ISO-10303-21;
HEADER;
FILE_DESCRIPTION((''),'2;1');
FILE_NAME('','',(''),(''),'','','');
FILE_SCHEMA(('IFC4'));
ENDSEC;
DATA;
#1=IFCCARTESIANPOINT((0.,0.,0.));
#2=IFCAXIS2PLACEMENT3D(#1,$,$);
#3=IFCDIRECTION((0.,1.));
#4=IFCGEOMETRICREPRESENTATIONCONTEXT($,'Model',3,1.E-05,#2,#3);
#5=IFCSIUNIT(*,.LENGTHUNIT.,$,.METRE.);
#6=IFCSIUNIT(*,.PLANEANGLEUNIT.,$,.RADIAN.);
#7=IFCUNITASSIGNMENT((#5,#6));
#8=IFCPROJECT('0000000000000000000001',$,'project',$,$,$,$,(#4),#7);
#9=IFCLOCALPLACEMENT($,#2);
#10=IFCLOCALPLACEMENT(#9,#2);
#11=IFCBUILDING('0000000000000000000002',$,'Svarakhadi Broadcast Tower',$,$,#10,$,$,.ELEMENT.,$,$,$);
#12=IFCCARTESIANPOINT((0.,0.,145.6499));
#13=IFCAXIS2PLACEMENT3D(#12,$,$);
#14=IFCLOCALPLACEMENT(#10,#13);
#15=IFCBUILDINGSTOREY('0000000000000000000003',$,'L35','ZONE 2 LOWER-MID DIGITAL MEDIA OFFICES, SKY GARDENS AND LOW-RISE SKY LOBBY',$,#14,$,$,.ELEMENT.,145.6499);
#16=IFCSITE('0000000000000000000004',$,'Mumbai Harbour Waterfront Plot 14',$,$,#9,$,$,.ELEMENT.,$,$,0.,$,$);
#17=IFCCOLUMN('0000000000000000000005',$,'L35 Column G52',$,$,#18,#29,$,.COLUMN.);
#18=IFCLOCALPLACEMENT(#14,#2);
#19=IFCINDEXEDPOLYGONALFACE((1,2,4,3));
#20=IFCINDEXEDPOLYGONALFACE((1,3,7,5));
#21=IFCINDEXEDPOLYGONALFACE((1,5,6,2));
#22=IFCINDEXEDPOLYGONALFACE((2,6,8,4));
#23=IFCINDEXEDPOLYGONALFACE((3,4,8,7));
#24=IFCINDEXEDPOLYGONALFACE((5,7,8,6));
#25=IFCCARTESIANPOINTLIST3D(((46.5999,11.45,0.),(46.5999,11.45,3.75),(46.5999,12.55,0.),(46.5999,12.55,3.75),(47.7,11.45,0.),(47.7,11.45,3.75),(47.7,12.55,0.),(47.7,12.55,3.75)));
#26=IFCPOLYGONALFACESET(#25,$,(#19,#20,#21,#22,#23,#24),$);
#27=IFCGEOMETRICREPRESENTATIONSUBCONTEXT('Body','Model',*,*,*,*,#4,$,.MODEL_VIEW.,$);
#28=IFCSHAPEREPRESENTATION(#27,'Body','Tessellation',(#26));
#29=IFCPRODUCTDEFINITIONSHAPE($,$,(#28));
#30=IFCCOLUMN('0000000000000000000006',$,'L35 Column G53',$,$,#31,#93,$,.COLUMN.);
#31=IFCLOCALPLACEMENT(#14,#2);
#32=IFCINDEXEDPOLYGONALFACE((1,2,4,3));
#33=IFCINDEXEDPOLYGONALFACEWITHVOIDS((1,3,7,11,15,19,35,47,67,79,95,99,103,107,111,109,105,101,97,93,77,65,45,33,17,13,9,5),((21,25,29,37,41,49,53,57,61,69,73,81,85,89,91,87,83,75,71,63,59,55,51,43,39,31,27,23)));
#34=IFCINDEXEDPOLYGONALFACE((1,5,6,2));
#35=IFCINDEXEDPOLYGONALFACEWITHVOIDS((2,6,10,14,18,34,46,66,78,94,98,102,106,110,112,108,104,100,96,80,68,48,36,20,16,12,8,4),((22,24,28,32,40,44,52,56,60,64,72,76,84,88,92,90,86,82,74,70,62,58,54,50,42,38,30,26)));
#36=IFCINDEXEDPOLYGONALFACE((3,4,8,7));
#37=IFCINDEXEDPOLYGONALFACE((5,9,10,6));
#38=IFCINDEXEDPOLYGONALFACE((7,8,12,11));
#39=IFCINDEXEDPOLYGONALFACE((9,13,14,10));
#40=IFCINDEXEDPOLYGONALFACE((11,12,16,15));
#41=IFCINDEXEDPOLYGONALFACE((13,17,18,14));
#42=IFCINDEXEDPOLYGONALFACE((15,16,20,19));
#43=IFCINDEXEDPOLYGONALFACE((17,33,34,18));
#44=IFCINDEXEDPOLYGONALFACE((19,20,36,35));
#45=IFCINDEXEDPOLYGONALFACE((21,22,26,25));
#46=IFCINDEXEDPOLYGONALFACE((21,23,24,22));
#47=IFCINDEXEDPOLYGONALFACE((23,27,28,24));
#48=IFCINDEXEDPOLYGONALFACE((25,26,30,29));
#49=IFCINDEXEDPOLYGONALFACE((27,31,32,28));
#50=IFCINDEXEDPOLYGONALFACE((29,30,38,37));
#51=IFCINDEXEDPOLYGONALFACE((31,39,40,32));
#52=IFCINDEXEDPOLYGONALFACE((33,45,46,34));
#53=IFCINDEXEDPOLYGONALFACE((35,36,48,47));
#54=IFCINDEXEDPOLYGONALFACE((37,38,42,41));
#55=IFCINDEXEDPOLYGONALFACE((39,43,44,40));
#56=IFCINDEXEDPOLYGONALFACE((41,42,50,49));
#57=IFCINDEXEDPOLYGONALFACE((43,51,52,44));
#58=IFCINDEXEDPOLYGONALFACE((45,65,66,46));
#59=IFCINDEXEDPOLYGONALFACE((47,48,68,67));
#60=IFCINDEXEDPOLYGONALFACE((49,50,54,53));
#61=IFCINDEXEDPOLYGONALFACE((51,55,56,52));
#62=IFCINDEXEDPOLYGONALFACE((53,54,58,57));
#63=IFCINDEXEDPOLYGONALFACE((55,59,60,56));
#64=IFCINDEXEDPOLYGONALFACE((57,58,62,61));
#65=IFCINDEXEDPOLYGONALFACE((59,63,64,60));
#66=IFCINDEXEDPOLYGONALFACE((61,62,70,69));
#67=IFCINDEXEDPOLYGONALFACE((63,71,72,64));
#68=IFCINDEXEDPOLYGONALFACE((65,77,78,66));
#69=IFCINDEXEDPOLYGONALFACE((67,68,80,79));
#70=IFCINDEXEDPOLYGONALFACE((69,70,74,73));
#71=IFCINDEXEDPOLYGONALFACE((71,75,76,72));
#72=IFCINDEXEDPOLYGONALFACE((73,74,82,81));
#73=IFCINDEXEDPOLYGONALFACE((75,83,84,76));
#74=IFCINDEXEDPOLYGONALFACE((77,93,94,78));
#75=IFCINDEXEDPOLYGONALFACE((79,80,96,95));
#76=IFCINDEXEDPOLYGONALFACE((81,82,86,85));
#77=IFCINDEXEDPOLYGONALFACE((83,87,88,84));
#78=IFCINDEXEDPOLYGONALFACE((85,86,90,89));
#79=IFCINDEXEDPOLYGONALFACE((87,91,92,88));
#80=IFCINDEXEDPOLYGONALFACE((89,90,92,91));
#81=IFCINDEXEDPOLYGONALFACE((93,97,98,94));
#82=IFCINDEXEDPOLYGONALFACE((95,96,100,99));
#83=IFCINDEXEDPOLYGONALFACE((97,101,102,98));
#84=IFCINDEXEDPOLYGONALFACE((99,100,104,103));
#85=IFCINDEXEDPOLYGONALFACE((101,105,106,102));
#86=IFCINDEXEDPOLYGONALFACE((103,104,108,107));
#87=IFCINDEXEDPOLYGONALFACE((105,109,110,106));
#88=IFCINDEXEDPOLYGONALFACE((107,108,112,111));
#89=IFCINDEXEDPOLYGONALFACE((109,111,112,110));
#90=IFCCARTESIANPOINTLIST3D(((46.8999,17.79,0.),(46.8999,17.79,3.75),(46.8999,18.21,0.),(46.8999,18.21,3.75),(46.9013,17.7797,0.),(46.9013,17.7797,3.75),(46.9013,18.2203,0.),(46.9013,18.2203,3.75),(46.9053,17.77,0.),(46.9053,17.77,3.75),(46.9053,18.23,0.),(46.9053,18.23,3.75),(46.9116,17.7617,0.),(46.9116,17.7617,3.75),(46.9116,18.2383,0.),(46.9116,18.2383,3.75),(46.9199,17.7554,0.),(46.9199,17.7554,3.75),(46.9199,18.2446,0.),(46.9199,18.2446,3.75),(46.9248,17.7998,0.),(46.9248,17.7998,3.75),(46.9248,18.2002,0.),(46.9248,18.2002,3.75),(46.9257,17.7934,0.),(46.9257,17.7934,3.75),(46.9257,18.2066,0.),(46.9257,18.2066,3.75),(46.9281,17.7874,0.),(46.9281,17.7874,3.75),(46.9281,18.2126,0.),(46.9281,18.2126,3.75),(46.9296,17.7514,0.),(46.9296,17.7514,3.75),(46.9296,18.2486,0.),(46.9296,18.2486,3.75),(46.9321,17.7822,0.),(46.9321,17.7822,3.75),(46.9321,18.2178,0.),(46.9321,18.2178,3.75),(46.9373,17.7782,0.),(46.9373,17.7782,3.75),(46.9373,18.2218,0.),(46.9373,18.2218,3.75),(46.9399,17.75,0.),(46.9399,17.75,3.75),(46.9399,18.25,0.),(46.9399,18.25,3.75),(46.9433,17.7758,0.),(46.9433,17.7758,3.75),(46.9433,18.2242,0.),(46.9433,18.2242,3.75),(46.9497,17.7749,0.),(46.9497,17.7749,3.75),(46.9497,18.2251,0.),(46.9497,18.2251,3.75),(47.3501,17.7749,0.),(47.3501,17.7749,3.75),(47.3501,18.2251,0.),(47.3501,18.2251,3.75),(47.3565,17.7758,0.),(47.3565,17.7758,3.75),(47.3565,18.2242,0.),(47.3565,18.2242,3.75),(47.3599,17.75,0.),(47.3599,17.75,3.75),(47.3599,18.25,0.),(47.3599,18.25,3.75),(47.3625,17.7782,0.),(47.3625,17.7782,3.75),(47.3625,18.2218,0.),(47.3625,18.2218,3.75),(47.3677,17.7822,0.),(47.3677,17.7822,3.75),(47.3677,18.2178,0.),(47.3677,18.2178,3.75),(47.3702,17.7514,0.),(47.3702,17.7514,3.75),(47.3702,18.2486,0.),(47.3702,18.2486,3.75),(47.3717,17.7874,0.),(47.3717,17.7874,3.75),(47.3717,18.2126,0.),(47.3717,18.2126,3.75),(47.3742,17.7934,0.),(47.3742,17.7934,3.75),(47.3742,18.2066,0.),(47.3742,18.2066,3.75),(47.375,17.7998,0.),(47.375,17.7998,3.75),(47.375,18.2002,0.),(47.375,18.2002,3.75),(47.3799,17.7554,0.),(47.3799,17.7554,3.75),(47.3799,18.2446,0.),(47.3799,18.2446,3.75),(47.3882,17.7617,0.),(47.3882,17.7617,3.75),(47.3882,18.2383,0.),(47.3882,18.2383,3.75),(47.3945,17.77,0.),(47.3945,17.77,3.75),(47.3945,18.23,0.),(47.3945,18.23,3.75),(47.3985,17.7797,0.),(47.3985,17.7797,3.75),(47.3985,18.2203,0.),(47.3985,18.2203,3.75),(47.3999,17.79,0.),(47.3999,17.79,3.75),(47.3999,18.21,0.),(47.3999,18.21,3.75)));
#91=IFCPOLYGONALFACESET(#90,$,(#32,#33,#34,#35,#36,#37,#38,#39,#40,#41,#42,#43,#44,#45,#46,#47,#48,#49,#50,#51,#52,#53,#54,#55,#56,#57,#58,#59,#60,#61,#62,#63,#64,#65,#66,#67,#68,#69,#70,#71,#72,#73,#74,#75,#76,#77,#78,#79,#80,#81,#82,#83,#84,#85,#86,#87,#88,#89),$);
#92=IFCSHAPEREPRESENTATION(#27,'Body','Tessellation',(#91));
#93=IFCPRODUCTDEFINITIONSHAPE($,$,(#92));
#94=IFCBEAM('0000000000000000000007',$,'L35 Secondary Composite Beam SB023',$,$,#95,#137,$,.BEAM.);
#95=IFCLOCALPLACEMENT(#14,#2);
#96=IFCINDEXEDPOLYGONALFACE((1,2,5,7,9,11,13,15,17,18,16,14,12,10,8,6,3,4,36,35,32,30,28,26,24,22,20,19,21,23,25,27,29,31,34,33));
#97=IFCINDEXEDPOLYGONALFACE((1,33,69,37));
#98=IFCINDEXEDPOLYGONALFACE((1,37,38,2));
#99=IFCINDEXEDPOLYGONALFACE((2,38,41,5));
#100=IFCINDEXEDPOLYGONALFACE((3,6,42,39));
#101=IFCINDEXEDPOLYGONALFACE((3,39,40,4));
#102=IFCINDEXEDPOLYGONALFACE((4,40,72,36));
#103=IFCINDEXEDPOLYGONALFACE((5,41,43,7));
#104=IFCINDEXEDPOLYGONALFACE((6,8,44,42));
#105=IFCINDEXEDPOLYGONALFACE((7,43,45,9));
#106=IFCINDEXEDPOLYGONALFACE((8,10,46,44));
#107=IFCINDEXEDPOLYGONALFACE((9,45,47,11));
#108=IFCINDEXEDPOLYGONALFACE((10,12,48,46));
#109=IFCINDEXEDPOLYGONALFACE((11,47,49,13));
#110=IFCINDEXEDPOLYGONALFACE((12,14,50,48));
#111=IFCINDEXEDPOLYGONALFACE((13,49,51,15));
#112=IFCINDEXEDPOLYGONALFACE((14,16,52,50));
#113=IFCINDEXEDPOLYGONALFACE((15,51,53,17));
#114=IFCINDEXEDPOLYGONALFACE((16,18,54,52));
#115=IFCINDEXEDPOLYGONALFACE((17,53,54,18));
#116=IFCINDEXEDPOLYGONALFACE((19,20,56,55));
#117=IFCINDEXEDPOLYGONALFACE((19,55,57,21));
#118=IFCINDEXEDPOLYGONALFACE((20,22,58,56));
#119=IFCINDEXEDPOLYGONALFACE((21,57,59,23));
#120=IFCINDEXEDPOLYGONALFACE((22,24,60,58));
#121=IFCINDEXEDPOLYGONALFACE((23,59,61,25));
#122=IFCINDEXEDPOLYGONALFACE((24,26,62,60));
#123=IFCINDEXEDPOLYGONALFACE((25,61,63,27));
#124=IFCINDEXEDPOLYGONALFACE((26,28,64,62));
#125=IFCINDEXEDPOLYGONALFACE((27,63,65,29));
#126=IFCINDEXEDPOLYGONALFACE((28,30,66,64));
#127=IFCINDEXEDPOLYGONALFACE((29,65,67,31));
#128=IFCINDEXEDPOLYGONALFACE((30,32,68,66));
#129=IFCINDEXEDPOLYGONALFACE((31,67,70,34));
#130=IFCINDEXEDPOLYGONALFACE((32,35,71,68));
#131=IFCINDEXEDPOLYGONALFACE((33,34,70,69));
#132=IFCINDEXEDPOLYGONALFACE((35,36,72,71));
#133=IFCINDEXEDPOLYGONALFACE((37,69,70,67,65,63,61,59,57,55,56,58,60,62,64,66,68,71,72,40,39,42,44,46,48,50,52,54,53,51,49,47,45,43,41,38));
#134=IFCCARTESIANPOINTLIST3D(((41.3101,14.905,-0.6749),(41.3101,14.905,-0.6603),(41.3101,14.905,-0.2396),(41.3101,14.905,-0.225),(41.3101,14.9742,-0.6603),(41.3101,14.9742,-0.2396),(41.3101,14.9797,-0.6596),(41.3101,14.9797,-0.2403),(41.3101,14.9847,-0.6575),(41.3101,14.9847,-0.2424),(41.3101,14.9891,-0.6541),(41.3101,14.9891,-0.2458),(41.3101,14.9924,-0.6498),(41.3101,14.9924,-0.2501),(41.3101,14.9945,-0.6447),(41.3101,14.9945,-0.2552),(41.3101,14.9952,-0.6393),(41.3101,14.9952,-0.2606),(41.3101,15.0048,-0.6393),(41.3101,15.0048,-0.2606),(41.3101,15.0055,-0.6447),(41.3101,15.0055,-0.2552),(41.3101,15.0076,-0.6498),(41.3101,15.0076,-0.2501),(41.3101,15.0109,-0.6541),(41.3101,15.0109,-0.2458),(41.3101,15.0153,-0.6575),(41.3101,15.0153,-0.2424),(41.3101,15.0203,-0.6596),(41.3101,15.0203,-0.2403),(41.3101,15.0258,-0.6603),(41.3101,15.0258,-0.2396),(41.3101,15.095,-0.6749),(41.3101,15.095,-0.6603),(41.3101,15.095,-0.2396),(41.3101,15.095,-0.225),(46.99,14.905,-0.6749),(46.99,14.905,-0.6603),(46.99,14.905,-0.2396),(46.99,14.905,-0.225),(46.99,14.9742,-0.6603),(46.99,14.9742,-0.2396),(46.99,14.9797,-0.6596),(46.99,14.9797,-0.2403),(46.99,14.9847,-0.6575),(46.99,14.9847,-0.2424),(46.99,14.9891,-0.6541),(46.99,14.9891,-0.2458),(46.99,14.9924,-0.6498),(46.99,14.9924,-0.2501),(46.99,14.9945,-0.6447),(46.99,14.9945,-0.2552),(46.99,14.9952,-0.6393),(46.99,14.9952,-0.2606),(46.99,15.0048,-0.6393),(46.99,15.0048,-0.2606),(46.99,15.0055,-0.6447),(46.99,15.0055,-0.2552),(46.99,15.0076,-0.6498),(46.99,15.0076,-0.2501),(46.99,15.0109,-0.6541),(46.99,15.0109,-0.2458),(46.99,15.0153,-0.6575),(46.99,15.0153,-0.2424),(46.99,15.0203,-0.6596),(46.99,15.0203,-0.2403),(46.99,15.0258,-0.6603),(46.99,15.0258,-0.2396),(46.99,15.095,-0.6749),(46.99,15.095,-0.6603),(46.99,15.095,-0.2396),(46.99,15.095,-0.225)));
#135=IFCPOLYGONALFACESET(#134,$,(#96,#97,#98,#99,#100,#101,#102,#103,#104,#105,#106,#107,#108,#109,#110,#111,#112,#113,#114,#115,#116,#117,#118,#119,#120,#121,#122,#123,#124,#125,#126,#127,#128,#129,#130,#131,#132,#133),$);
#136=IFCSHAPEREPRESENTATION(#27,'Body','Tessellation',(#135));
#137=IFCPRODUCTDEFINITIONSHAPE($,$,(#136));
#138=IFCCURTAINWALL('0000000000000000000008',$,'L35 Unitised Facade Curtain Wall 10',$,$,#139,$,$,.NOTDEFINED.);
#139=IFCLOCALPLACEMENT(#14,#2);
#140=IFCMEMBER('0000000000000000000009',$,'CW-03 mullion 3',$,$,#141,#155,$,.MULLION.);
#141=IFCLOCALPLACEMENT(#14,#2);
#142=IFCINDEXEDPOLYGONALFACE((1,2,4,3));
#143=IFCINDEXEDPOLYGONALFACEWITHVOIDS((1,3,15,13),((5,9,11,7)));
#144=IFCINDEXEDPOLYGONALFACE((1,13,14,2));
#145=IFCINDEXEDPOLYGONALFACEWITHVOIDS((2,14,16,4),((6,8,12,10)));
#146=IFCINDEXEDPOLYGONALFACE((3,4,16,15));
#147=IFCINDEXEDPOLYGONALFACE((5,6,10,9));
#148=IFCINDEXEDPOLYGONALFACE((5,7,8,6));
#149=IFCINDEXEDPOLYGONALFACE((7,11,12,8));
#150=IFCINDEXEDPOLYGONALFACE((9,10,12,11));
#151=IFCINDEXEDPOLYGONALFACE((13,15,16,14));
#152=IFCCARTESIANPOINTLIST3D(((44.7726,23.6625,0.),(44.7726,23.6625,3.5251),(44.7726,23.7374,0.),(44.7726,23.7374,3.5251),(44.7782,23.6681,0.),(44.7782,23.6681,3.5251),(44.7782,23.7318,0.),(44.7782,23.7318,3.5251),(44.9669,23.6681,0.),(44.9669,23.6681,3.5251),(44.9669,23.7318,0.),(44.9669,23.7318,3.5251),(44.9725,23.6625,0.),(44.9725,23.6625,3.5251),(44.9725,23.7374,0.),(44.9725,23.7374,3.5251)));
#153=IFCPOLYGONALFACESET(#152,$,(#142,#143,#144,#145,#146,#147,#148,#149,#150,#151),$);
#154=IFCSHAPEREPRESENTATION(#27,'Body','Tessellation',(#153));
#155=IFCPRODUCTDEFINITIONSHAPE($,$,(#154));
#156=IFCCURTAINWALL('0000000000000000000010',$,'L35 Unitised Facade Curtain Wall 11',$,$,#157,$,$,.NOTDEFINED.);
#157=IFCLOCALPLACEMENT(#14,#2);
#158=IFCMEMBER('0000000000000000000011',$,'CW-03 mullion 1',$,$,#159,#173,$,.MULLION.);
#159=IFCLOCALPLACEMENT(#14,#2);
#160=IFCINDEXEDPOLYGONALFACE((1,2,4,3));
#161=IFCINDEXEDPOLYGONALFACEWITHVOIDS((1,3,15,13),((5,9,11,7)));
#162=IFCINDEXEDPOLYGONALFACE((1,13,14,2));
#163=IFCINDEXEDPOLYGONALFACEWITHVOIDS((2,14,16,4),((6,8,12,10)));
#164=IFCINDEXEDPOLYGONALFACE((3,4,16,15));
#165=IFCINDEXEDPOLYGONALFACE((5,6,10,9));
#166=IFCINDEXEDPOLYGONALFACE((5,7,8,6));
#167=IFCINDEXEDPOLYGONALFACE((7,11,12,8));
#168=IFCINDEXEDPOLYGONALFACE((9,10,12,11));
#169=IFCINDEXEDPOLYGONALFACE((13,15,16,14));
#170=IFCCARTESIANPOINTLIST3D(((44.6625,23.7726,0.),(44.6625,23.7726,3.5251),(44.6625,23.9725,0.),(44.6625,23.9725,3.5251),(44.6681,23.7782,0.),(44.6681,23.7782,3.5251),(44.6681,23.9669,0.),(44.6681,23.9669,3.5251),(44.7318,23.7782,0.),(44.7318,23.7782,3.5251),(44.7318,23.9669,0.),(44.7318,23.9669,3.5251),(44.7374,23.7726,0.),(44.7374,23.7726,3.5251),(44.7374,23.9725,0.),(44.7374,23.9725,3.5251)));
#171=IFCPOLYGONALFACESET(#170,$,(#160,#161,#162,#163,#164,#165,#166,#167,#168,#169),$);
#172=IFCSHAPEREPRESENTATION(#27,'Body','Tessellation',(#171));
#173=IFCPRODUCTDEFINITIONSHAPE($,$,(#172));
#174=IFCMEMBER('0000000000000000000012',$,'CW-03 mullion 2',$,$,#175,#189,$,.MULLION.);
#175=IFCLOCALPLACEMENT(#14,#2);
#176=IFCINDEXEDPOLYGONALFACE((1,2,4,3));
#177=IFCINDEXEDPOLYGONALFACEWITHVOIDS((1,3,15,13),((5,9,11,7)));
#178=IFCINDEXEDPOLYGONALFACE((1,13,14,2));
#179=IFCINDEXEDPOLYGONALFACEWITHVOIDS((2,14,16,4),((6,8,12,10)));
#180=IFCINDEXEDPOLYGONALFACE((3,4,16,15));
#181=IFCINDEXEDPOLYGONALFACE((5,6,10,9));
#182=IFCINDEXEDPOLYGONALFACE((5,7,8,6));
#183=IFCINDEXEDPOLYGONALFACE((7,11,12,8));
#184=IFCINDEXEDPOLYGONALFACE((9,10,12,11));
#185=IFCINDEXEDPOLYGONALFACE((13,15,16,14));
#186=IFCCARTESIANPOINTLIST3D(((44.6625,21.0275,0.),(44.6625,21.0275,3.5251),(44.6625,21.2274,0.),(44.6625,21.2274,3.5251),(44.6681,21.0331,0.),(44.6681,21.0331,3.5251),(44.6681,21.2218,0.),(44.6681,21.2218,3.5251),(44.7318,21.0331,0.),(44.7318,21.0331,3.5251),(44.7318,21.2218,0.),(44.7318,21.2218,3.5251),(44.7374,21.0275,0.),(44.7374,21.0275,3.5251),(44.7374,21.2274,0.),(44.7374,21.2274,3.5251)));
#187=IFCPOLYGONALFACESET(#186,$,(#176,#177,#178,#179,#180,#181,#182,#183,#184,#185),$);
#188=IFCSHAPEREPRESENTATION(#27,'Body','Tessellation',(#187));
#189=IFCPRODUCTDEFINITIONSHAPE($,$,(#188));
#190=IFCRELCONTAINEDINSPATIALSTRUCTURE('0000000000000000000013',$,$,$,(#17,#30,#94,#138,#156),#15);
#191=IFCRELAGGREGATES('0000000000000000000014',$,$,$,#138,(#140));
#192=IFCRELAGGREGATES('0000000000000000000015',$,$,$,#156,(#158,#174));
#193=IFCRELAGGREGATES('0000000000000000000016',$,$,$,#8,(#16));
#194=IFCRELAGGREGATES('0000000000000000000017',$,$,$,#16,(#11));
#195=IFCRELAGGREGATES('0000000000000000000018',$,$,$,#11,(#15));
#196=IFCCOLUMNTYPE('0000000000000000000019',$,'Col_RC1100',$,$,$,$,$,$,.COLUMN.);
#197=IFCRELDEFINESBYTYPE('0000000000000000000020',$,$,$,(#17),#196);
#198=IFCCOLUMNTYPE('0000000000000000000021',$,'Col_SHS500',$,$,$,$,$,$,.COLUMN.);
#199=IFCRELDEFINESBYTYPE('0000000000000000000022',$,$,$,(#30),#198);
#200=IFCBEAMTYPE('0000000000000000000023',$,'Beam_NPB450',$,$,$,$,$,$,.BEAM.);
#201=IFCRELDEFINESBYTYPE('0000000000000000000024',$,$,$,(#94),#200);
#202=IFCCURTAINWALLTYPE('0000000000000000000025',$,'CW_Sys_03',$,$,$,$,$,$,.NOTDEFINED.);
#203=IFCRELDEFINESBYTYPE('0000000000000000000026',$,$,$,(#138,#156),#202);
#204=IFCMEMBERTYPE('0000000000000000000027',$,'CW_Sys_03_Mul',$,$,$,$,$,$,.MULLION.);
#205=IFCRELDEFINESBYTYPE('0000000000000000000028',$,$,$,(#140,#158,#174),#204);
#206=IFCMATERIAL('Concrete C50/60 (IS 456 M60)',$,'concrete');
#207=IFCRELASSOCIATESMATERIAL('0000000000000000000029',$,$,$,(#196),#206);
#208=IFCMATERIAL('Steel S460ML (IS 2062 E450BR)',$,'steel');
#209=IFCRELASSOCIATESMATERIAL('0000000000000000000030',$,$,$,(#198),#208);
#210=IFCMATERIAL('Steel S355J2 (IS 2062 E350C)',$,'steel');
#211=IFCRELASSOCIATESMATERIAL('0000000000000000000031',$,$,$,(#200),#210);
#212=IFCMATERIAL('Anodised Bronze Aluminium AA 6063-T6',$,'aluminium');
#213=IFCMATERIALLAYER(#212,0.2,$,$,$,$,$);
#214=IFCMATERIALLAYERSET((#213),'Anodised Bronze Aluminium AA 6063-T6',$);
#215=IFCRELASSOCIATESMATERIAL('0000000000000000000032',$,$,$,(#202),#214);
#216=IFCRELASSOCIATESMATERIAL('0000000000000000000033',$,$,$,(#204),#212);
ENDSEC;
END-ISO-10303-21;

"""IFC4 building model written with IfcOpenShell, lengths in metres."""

from ifc_helpers import new_model, si_unit, direction, frame, origin, origin_2d, place, context, subcontext, project, spatial, rectangle, hollow_rectangle, i_section, extrude, material, layer, layer_set, material_profile, profile_set, type_object, element, aggregate, save


model = new_model("IFC4")

# Units and contexts
model_context = context("Model", 3, precision=1e-05, world=origin(), true_north=direction((0.0, 1.0)))
body_context = subcontext(model_context, "Body", "Model", "MODEL_VIEW")
ifc_project = project(units=[si_unit("LENGTHUNIT", "METRE"), si_unit("PLANEANGLEUNIT", "RADIAN")], contexts=[model_context])

# Site, building, storey
site_placement = place(None, origin())
site = spatial("IfcSite", under=ifc_project, at=site_placement, Name="Mumbai Harbour Waterfront Plot 14", CompositionType="ELEMENT", RefElevation=0.0)
building_placement = place(site_placement, origin())
building = spatial("IfcBuilding", under=site, at=building_placement, Name="Svarakhadi Broadcast Tower", CompositionType="ELEMENT")
storey_placement = place(building_placement, frame((0.0, 0.0, 145.6499)))
storey = spatial("IfcBuildingStorey", under=building, at=storey_placement, Name="L35", Description="ZONE 2 LOWER-MID DIGITAL MEDIA OFFICES, SKY GARDENS AND LOW-RISE SKY LOBBY", CompositionType="ELEMENT", Elevation=145.6499)

# Columns
ifc_material_1 = material(Name="Concrete C50/60 (IS 456 M60)", Category="concrete")
ifc_material_profile_1 = material_profile(ifc_material_1, rectangle(XDim=1.1001, YDim=1.1001, at=origin_2d()), Name="RC 1100x1100")
ifc_profile_set_1 = profile_set([ifc_material_profile_1], Name="Concrete C50/60 (IS 456 M60)")
column_type_1 = type_object("IfcColumnType", Name="Col_RC1100", PredefinedType="COLUMN", material=ifc_profile_set_1)
column_1_placement = place(storey_placement, frame((47.1499, 12.0, 0.0), z_axis=(0.0, 0.0, 1.0), x_axis=(1.0, 0.0, 0.0)))
element("IfcColumn", 1, at=column_1_placement, inside=storey, type_object=column_type_1, Name="L35 Column G52", PredefinedType="COLUMN", context=body_context, shape_type="SweptSolid", body=[
    extrude(rectangle(XDim=1.1001, YDim=1.1001, at=origin_2d()), origin(), (0.0, 0.0, 1.0), 3.75),
])
ifc_material_2 = material(Name="Steel S460ML (IS 2062 E450BR)", Category="steel")
ifc_material_profile_2 = material_profile(ifc_material_2, hollow_rectangle(XDim=0.5, YDim=0.5, WallThickness=0.0249, InnerFilletRadius=0.0249, OuterFilletRadius=0.04, at=origin_2d()), Name="SHS 500x500x25")
ifc_profile_set_2 = profile_set([ifc_material_profile_2], Name="Steel S460ML (IS 2062 E450BR)")
column_type_2 = type_object("IfcColumnType", Name="Col_SHS500", PredefinedType="COLUMN", material=ifc_profile_set_2)
column_2_placement = place(storey_placement, frame((47.1499, 18.0, 0.0), z_axis=(0.0, 0.0, 1.0), x_axis=(1.0, 0.0, 0.0)))
element("IfcColumn", 2, at=column_2_placement, inside=storey, type_object=column_type_2, Name="L35 Column G53", PredefinedType="COLUMN", context=body_context, shape_type="SweptSolid", body=[
    extrude(hollow_rectangle(XDim=0.5, YDim=0.5, WallThickness=0.0249, InnerFilletRadius=0.0249, OuterFilletRadius=0.04, at=origin_2d()), origin(), (0.0, 0.0, 1.0), 3.75),
])

# Beam
ifc_material_3 = material(Name="Steel S355J2 (IS 2062 E350C)", Category="steel")
ifc_material_profile_3 = material_profile(ifc_material_3, i_section(OverallWidth=0.1899, OverallDepth=0.45, WebThickness=0.0095, FlangeThickness=0.0146, FilletRadius=0.021, at=origin_2d()), Name="NPB 450x190x78")
ifc_profile_set_3 = profile_set([ifc_material_profile_3], Name="Steel S355J2 (IS 2062 E350C)")
beam_type_1 = type_object("IfcBeamType", Name="Beam_NPB450", PredefinedType="BEAM", material=ifc_profile_set_3)
beam_1_placement = place(storey_placement, frame((41.3101, 15.0, -0.45), z_axis=(1.0, 0.0, 0.0), x_axis=(0.0, 1.0, 0.0)))
element("IfcBeam", 3, at=beam_1_placement, inside=storey, type_object=beam_type_1, Name="L35 Secondary Composite Beam SB023", PredefinedType="BEAM", context=body_context, shape_type="SweptSolid", body=[
    extrude(i_section(OverallWidth=0.1899, OverallDepth=0.45, WebThickness=0.0095, FlangeThickness=0.0146, FilletRadius=0.021, at=origin_2d()), origin(), (0.0, 0.0, 1.0), 5.6799),
])

# Curtain wall, member
ifc_material_4 = material(Name="Anodised Bronze Aluminium AA 6063-T6", Category="aluminium")
ifc_layer_1 = layer(ifc_material_4, 0.2)
ifc_layer_set_1 = layer_set([ifc_layer_1], Name="Anodised Bronze Aluminium AA 6063-T6")
curtain_wall_type = type_object("IfcCurtainWallType", Name="CW_Sys_03", PredefinedType="NOTDEFINED", material=ifc_layer_set_1)
curtain_wall_1_placement = place(storey_placement, origin())
curtain_wall_1 = element("IfcCurtainWall", 4, at=curtain_wall_1_placement, inside=storey, type_object=curtain_wall_type, Name="L35 Unitised Facade Curtain Wall 10", PredefinedType="NOTDEFINED")
ifc_material_profile_4 = material_profile(ifc_material_4, hollow_rectangle(XDim=0.075, YDim=0.2, WallThickness=0.0056, at=origin_2d()), Name="ALU MULLION 200x75x6")
ifc_profile_set_4 = profile_set([ifc_material_profile_4], Name="Anodised Bronze Aluminium AA 6063-T6")
member_type_1 = type_object("IfcMemberType", Name="CW_Sys_03_Mul", PredefinedType="MULLION", material=ifc_profile_set_4)
member_1_placement = place(storey_placement, frame((44.8726, 23.7, 0.0), z_axis=(0.0, 0.0, 1.0), x_axis=(0.0, 1.0, 0.0)))
member_1 = element("IfcMember", 5, at=member_1_placement, type_object=member_type_1, Name="CW-03 mullion 3", PredefinedType="MULLION", context=body_context, shape_type="SweptSolid", body=[
    extrude(hollow_rectangle(XDim=0.075, YDim=0.2, WallThickness=0.0056, at=origin_2d()), origin(), (0.0, 0.0, 1.0), 3.5251),
])
aggregate(curtain_wall_1, [member_1])

# Curtain wall, members
curtain_wall_2_placement = place(storey_placement, origin())
curtain_wall_2 = element("IfcCurtainWall", 6, at=curtain_wall_2_placement, inside=storey, type_object=curtain_wall_type, Name="L35 Unitised Facade Curtain Wall 11", PredefinedType="NOTDEFINED")
member_2_placement = place(storey_placement, frame((44.7, 23.8726, 0.0), z_axis=(0.0, 0.0, 1.0), x_axis=(1.0, 0.0, 0.0)))
member_2 = element("IfcMember", 7, at=member_2_placement, type_object=member_type_1, Name="CW-03 mullion 1", PredefinedType="MULLION", context=body_context, shape_type="SweptSolid", body=[
    extrude(hollow_rectangle(XDim=0.075, YDim=0.2, WallThickness=0.0056, at=origin_2d()), origin(), (0.0, 0.0, 1.0), 3.5251),
])
member_3_placement = place(storey_placement, frame((44.7, 21.1274, 0.0), z_axis=(0.0, 0.0, 1.0), x_axis=(1.0, 0.0, 0.0)))
member_3 = element("IfcMember", 8, at=member_3_placement, type_object=member_type_1, Name="CW-03 mullion 2", PredefinedType="MULLION", context=body_context, shape_type="SweptSolid", body=[
    extrude(hollow_rectangle(XDim=0.075, YDim=0.2, WallThickness=0.0056, at=origin_2d()), origin(), (0.0, 0.0, 1.0), 3.5251),
])

aggregate(curtain_wall_2, [member_2, member_3])

save(model, "model.ifc")
